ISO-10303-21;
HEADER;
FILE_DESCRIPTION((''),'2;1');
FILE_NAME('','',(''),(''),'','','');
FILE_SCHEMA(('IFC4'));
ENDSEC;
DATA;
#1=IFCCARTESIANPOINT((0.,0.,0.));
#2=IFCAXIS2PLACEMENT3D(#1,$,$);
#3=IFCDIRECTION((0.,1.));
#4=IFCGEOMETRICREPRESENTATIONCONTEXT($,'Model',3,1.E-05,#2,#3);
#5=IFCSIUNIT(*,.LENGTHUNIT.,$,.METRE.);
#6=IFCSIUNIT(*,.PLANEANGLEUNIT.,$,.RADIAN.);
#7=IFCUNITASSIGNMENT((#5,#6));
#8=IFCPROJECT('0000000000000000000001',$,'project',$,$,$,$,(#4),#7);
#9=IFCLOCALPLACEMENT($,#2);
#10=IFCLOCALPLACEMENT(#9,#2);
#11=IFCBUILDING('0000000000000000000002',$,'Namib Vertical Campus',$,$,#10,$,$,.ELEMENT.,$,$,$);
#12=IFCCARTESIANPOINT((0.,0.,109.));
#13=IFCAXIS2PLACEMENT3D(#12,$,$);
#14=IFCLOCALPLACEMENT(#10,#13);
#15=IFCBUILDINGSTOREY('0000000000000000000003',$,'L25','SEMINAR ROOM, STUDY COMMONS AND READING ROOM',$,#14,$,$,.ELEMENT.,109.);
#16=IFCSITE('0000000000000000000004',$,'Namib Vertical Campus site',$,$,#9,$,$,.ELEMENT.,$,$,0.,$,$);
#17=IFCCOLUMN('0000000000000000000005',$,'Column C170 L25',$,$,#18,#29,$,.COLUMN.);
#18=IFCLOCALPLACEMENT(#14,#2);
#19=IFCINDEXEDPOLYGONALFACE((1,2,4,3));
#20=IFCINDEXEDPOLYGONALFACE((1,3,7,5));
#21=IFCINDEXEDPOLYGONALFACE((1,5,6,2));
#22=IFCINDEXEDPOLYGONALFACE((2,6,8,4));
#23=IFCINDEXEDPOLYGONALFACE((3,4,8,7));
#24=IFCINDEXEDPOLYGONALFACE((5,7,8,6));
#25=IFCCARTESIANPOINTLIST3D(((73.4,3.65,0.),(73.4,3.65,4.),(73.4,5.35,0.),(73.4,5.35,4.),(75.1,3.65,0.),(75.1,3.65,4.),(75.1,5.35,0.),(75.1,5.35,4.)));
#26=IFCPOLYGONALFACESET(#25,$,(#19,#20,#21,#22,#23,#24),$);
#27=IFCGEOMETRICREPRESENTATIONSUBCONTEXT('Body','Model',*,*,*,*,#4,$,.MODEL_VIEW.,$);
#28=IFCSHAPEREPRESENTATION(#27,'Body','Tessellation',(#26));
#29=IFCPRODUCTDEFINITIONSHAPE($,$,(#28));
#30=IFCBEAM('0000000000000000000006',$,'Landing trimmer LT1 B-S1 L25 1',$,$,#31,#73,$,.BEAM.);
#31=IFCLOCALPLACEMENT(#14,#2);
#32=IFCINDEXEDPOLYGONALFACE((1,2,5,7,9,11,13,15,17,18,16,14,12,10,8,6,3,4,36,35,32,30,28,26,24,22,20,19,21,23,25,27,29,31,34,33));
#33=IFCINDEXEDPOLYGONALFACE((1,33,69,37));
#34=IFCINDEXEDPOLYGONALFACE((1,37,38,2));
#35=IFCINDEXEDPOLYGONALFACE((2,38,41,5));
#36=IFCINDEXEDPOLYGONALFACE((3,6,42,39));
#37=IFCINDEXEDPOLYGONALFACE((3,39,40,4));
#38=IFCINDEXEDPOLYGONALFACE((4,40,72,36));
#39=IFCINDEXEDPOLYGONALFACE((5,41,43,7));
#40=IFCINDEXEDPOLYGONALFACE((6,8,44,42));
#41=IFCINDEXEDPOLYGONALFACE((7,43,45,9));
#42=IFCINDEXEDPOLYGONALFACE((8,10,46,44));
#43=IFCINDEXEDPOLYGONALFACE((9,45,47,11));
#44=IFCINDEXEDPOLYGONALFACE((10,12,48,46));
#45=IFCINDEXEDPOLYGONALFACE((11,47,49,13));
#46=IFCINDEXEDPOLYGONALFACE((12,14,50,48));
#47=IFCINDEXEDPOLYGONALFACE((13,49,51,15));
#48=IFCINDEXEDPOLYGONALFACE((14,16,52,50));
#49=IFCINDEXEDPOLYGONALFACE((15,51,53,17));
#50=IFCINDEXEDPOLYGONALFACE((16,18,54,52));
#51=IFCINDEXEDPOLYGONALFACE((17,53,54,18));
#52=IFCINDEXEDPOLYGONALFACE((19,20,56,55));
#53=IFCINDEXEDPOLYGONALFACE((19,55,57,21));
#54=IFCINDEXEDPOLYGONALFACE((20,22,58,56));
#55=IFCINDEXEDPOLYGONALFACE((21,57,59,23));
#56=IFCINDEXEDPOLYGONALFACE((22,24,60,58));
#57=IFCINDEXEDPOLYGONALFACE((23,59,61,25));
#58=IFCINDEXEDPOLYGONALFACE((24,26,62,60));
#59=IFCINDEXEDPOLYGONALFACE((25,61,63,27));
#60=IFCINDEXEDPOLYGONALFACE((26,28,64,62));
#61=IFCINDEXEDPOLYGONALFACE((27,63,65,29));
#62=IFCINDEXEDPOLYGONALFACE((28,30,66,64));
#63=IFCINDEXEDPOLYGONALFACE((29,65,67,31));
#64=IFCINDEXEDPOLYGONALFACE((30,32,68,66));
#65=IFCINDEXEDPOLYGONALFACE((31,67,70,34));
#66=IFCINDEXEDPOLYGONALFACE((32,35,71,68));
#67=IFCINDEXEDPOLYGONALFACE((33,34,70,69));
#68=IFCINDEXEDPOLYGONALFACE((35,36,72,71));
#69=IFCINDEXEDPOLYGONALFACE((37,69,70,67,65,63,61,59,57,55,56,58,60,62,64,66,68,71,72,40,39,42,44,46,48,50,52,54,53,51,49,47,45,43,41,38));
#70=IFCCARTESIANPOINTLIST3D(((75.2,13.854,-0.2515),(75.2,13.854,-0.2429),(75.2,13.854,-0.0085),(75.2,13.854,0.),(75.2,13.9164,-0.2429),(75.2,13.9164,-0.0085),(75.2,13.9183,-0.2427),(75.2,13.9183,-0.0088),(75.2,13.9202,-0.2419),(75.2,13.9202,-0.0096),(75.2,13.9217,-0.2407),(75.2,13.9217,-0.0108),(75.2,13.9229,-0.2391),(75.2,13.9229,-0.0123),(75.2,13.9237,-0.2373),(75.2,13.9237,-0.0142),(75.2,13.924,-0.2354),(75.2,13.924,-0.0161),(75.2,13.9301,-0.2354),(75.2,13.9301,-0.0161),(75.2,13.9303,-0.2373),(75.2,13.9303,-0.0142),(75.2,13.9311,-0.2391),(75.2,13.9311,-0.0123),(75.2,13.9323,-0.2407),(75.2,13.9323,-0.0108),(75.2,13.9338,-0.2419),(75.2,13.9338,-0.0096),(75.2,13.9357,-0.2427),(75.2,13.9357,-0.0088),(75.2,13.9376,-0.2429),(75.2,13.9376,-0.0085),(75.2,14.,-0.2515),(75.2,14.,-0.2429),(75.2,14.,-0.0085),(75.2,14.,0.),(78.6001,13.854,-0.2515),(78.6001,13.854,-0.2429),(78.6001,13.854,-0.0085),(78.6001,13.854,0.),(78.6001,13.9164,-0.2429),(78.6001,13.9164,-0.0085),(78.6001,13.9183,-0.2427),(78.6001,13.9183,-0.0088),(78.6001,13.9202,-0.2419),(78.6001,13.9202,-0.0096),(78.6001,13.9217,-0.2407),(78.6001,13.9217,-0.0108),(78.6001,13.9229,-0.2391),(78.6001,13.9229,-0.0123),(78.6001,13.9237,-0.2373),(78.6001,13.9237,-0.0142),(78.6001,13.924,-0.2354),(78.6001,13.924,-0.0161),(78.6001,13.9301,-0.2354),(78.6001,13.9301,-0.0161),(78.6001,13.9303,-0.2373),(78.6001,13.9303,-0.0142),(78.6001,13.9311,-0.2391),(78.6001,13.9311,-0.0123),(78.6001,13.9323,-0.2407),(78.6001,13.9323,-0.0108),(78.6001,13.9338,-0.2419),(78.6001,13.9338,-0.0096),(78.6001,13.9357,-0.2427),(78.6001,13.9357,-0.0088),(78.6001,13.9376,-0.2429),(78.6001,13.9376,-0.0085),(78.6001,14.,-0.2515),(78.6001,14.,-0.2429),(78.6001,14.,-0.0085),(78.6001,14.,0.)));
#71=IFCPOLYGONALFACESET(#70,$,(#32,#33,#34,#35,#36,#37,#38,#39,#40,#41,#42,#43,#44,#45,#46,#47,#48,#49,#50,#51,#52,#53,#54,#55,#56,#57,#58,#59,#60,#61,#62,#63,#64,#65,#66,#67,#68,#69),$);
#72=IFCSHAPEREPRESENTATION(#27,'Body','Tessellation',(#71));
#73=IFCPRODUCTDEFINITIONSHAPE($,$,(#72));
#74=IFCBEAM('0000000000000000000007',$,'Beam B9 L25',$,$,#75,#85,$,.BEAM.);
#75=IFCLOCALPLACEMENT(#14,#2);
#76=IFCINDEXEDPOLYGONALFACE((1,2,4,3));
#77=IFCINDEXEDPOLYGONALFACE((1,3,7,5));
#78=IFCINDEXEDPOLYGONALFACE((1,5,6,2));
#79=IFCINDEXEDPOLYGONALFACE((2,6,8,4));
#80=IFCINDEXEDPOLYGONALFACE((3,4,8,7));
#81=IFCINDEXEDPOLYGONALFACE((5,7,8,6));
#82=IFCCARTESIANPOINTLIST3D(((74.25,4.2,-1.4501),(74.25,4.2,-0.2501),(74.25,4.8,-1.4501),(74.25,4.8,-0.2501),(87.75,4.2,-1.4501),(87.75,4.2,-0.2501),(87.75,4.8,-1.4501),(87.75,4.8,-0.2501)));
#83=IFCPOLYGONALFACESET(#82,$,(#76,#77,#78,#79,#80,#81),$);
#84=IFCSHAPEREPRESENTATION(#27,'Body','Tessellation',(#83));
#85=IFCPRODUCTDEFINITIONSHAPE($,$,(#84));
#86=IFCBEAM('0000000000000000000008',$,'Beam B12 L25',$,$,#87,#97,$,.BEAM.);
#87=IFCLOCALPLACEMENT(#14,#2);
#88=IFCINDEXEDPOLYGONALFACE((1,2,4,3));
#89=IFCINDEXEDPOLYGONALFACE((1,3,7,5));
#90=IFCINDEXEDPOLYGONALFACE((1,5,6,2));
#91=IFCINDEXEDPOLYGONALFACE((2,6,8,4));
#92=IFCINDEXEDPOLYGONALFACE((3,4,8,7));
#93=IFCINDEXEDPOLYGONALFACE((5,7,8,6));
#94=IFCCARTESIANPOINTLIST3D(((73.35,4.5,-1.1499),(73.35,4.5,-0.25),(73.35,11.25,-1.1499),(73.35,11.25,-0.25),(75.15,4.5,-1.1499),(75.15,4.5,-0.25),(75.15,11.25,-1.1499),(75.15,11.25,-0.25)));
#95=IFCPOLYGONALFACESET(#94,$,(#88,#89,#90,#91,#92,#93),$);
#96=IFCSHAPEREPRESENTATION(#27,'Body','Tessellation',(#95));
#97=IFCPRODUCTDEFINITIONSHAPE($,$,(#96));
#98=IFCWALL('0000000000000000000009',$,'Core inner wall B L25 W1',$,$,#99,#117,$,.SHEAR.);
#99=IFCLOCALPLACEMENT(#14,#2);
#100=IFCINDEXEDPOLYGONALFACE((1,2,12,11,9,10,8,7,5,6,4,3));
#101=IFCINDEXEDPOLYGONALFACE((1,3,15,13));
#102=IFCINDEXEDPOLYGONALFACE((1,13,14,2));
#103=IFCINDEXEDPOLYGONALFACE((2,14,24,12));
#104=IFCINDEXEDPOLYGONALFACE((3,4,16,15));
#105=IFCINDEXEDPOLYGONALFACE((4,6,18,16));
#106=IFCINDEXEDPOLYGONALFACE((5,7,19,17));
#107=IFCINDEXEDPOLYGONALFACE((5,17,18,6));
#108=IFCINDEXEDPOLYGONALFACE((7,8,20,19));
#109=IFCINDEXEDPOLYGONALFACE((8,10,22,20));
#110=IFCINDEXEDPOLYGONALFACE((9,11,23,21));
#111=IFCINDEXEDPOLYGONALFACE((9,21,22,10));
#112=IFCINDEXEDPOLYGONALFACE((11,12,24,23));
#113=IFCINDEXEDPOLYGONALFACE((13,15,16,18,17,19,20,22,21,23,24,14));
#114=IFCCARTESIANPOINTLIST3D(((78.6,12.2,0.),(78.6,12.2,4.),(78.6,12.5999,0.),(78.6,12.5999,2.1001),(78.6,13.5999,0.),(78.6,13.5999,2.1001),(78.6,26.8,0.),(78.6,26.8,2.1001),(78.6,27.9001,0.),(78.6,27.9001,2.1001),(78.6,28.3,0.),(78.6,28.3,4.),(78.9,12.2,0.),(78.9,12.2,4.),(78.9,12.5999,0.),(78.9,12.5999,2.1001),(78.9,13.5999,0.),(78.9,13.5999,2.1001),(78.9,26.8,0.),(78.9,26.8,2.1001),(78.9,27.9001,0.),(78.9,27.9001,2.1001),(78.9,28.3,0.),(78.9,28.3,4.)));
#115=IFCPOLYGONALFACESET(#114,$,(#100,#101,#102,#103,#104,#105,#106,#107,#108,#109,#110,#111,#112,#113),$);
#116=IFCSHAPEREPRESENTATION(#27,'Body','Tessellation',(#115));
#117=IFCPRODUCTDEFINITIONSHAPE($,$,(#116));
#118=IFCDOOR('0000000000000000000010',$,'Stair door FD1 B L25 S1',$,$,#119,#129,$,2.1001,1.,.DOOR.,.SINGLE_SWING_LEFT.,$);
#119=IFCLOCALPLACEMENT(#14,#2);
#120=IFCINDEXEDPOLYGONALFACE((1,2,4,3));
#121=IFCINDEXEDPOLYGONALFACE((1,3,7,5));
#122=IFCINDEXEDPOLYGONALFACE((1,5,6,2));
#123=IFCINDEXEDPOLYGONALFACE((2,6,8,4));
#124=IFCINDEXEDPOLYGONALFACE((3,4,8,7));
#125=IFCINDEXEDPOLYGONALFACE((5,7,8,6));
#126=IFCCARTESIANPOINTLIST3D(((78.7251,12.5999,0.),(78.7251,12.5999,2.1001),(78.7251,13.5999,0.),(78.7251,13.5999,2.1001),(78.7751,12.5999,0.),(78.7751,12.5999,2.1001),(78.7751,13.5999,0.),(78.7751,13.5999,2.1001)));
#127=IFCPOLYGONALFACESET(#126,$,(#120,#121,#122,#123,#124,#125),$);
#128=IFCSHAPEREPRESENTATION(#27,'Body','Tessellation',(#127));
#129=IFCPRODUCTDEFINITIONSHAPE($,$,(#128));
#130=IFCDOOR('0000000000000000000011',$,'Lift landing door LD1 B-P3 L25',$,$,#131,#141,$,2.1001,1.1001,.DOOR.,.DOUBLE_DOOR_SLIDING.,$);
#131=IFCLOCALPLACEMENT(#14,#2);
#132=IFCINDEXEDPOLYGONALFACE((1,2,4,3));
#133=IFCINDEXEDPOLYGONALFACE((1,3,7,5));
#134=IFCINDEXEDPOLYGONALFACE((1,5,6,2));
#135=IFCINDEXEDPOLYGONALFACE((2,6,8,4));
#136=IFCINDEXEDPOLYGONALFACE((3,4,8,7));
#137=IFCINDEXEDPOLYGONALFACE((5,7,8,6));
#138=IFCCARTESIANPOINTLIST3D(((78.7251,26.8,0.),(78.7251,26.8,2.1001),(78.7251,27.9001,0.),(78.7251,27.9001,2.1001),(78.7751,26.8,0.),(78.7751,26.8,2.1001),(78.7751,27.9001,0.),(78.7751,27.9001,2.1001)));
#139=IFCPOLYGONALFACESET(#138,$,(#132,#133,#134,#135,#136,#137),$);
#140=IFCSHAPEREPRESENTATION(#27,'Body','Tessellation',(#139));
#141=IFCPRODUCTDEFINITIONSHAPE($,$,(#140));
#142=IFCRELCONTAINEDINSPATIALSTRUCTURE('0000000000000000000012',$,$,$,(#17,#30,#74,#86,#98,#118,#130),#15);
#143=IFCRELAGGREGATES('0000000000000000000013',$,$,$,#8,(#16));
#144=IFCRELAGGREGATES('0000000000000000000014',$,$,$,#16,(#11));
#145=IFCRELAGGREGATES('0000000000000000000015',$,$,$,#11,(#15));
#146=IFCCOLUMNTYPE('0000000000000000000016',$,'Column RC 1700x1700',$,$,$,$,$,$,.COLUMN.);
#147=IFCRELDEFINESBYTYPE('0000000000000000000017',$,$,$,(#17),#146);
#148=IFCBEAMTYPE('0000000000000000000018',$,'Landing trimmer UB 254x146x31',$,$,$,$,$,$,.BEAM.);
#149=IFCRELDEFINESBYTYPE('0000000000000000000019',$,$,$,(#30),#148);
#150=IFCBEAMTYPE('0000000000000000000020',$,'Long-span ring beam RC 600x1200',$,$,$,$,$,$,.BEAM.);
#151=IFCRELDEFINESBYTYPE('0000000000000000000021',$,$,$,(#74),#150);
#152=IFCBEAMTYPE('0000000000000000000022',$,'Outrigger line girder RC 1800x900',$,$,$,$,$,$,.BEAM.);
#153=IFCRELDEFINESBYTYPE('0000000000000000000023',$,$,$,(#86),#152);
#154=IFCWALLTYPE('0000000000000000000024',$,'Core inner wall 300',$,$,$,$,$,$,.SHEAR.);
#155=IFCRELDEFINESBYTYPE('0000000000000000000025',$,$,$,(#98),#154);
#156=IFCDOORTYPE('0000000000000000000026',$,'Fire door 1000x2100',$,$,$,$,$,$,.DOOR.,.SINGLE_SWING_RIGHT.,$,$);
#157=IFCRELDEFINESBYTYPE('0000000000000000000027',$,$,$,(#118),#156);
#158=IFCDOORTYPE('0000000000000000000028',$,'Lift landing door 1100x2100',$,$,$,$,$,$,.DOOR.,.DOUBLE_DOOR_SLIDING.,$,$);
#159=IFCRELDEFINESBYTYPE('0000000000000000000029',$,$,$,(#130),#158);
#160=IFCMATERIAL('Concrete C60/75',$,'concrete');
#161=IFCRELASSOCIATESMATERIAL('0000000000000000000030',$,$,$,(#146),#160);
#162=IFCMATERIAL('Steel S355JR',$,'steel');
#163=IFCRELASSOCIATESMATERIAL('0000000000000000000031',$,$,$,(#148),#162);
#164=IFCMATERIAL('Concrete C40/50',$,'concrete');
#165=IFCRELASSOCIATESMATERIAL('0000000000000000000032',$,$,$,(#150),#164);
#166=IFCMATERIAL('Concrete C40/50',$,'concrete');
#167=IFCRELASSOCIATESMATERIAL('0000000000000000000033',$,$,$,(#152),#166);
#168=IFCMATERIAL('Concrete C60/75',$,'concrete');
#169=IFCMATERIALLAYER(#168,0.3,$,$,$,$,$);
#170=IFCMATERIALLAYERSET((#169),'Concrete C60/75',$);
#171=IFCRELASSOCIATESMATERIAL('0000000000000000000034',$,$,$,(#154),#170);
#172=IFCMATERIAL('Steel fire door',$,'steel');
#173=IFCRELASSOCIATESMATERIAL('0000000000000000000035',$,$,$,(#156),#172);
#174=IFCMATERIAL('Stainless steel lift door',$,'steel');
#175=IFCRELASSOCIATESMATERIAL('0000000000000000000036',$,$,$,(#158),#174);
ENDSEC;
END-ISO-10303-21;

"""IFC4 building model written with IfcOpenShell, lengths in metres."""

from ifc_helpers import new_model, si_unit, direction, frame, frame_2d, origin, origin_2d, place, context, subcontext, project, spatial, rectangle, i_section, extrude, material, layer, layer_set, material_profile, profile_set, type_object, element, fill, save


model = new_model("IFC4")

# Units and contexts
model_context = context("Model", 3, precision=1e-05, world=origin(), true_north=direction((0.0, 1.0)))
body_context = subcontext(model_context, "Body", "Model", "MODEL_VIEW")
ifc_project = project(units=[si_unit("LENGTHUNIT", "METRE"), si_unit("PLANEANGLEUNIT", "RADIAN")], contexts=[model_context])

# Site, building, storey
site_placement = place(None, origin())
site = spatial("IfcSite", under=ifc_project, at=site_placement, Name="Namib Vertical Campus site", CompositionType="ELEMENT", RefElevation=0.0)
building_placement = place(site_placement, origin())
building = spatial("IfcBuilding", under=site, at=building_placement, Name="Namib Vertical Campus", CompositionType="ELEMENT")
storey_placement = place(building_placement, frame((0.0, 0.0, 109.0)))
storey = spatial("IfcBuildingStorey", under=building, at=storey_placement, Name="L25", Description="SEMINAR ROOM, STUDY COMMONS AND READING ROOM", CompositionType="ELEMENT", Elevation=109.0)

# Column
ifc_material_1 = material(Name="Concrete C60/75", Category="concrete")
ifc_material_profile_1 = material_profile(ifc_material_1, rectangle(XDim=1.7, YDim=1.7, at=origin_2d()))
ifc_profile_set_1 = profile_set([ifc_material_profile_1], Name="Concrete C60/75")
column_type = type_object("IfcColumnType", Name="Column RC 1700x1700", PredefinedType="COLUMN", material=ifc_profile_set_1)
column_placement = place(storey_placement, frame((74.25, 4.5, 0.0), z_axis=(0.0, 0.0, 1.0), x_axis=(1.0, 0.0, 0.0)))
element("IfcColumn", 1, at=column_placement, inside=storey, type_object=column_type, Name="Column C170 L25", PredefinedType="COLUMN", context=body_context, shape_type="SweptSolid", body=[
    extrude(rectangle(XDim=1.7, YDim=1.7, at=origin_2d()), origin(), (0.0, 0.0, 1.0), 4.0),
])

# Beams
ifc_material_2 = material(Name="Steel S355JR", Category="steel")
ifc_material_profile_2 = material_profile(ifc_material_2, i_section(OverallWidth=0.146, OverallDepth=0.2515, WebThickness=0.0061, FlangeThickness=0.0085, FilletRadius=0.0076, at=origin_2d()))
ifc_profile_set_2 = profile_set([ifc_material_profile_2], Name="Steel S355JR")
beam_type_1 = type_object("IfcBeamType", Name="Landing trimmer UB 254x146x31", PredefinedType="BEAM", material=ifc_profile_set_2)
beam_1_placement = place(storey_placement, frame((75.2, 13.927, -0.1257), z_axis=(1.0, 0.0, 0.0), x_axis=(0.0, 1.0, 0.0)))
element("IfcBeam", 2, at=beam_1_placement, inside=storey, type_object=beam_type_1, Name="Landing trimmer LT1 B-S1 L25 1", PredefinedType="BEAM", context=body_context, shape_type="SweptSolid", body=[
    extrude(i_section(OverallWidth=0.146, OverallDepth=0.2515, WebThickness=0.0061, FlangeThickness=0.0085, FilletRadius=0.0076, at=origin_2d()), origin(), (0.0, 0.0, 1.0), 3.4001),
])
ifc_material_3 = material(Name="Concrete C40/50", Category="concrete")
ifc_material_profile_3 = material_profile(ifc_material_3, rectangle(XDim=0.6001, YDim=1.2, at=origin_2d()))
ifc_profile_set_3 = profile_set([ifc_material_profile_3], Name="Concrete C40/50")
beam_type_2 = type_object("IfcBeamType", Name="Long-span ring beam RC 600x1200", PredefinedType="BEAM", material=ifc_profile_set_3)
beam_2_placement = place(storey_placement, frame((74.25, 4.5, -0.8501), z_axis=(1.0, 0.0, 0.0), x_axis=(0.0, 1.0, 0.0)))
element("IfcBeam", 3, at=beam_2_placement, inside=storey, type_object=beam_type_2, Name="Beam B9 L25", PredefinedType="BEAM", context=body_context, shape_type="SweptSolid", body=[
    extrude(rectangle(XDim=0.6001, YDim=1.2, at=origin_2d()), origin(), (0.0, 0.0, 1.0), 13.5),
])
ifc_material_4 = material(Name="Concrete C40/50", Category="concrete")
ifc_material_profile_4 = material_profile(ifc_material_4, rectangle(XDim=1.8, YDim=0.8999, at=origin_2d()))
ifc_profile_set_4 = profile_set([ifc_material_profile_4], Name="Concrete C40/50")
beam_type_3 = type_object("IfcBeamType", Name="Outrigger line girder RC 1800x900", PredefinedType="BEAM", material=ifc_profile_set_4)
beam_3_placement = place(storey_placement, frame((74.25, 4.5, -0.7), z_axis=(0.0, 1.0, 0.0), x_axis=(-1.0, 0.0, 0.0)))
element("IfcBeam", 4, at=beam_3_placement, inside=storey, type_object=beam_type_3, Name="Beam B12 L25", PredefinedType="BEAM", context=body_context, shape_type="SweptSolid", body=[
    extrude(rectangle(XDim=1.8, YDim=0.8999, at=origin_2d()), origin(), (0.0, 0.0, 1.0), 6.75),
])

# Wall, openings, doors
ifc_material_5 = material(Name="Concrete C60/75", Category="concrete")
ifc_layer_1 = layer(ifc_material_5, 0.3)
ifc_layer_set_1 = layer_set([ifc_layer_1], Name="Concrete C60/75")
wall_type_1 = type_object("IfcWallType", Name="Core inner wall 300", PredefinedType="SHEAR", material=ifc_layer_set_1)
wall_1_placement = place(storey_placement, frame((78.75, 12.2, 0.0), z_axis=(0.0, 0.0, 1.0), x_axis=(0.0, 1.0, 0.0)))
wall_1 = element("IfcWall", 5, at=wall_1_placement, inside=storey, type_object=wall_type_1, Name="Core inner wall B L25 W1", PredefinedType="SHEAR", context=body_context, shape_type="SweptSolid", body=[
    extrude(rectangle(XDim=16.1001, YDim=0.3, at=frame_2d((8.05, 0.0))), origin(), (0.0, 0.0, 1.0), 4.0),
])
opening_1_placement = place(wall_1_placement, frame((0.3999, 0.0, 0.0)))
opening_1 = element("IfcOpeningElement", 6, at=opening_1_placement, cuts=wall_1, PredefinedType="OPENING", context=body_context, shape_type="SweptSolid", body=[
    extrude(rectangle(XDim=1.0, YDim=2.1001, at=frame_2d((0.5, 1.05))), frame((0.0, 0.1599, 0.0), z_axis=(0.0, -1.0, 0.0), x_axis=(1.0, 0.0, 0.0)), (0.0, 0.0, 1.0), 0.3201),
])
opening_2_placement = place(wall_1_placement, frame((14.6001, 0.0, 0.0)))
opening_2 = element("IfcOpeningElement", 7, at=opening_2_placement, cuts=wall_1, PredefinedType="OPENING", context=body_context, shape_type="SweptSolid", body=[
    extrude(rectangle(XDim=1.1001, YDim=2.1001, at=frame_2d((0.55, 1.05))), frame((0.0, 0.1599, 0.0), z_axis=(0.0, -1.0, 0.0), x_axis=(1.0, 0.0, 0.0)), (0.0, 0.0, 1.0), 0.3201),
])
ifc_material_6 = material(Name="Steel fire door", Category="steel")
door_type_1 = type_object("IfcDoorType", Name="Fire door 1000x2100", OperationType="SINGLE_SWING_RIGHT", PredefinedType="DOOR", material=ifc_material_6)
door_1_placement = place(opening_1_placement, origin())
door_1 = element("IfcDoor", 8, at=door_1_placement, inside=storey, type_object=door_type_1, Name="Stair door FD1 B L25 S1", OperationType="SINGLE_SWING_LEFT", OverallHeight=2.1001, OverallWidth=1.0, PredefinedType="DOOR", context=body_context, shape_type="SweptSolid", body=[
    extrude(rectangle(XDim=1.0, YDim=2.1001, at=frame_2d((0.5, 1.05))), frame((0.0, 0.0249, 0.0), z_axis=(0.0, -1.0, 0.0), x_axis=(1.0, 0.0, 0.0)), (0.0, 0.0, 1.0), 0.05),
])
fill(opening_1, door_1)
ifc_material_7 = material(Name="Stainless steel lift door", Category="steel")
door_type_2 = type_object("IfcDoorType", Name="Lift landing door 1100x2100", OperationType="DOUBLE_DOOR_SLIDING", PredefinedType="DOOR", material=ifc_material_7)
door_2_placement = place(opening_2_placement, origin())
door_2 = element("IfcDoor", 9, at=door_2_placement, inside=storey, type_object=door_type_2, Name="Lift landing door LD1 B-P3 L25", OperationType="DOUBLE_DOOR_SLIDING", OverallHeight=2.1001, OverallWidth=1.1001, PredefinedType="DOOR", context=body_context, shape_type="SweptSolid", body=[
    extrude(rectangle(XDim=1.1001, YDim=2.1001, at=frame_2d((0.55, 1.05))), frame((0.0, 0.0249, 0.0), z_axis=(0.0, -1.0, 0.0), x_axis=(1.0, 0.0, 0.0)), (0.0, 0.0, 1.0), 0.05),
])
fill(opening_2, door_2)

save(model, "model.ifc")
